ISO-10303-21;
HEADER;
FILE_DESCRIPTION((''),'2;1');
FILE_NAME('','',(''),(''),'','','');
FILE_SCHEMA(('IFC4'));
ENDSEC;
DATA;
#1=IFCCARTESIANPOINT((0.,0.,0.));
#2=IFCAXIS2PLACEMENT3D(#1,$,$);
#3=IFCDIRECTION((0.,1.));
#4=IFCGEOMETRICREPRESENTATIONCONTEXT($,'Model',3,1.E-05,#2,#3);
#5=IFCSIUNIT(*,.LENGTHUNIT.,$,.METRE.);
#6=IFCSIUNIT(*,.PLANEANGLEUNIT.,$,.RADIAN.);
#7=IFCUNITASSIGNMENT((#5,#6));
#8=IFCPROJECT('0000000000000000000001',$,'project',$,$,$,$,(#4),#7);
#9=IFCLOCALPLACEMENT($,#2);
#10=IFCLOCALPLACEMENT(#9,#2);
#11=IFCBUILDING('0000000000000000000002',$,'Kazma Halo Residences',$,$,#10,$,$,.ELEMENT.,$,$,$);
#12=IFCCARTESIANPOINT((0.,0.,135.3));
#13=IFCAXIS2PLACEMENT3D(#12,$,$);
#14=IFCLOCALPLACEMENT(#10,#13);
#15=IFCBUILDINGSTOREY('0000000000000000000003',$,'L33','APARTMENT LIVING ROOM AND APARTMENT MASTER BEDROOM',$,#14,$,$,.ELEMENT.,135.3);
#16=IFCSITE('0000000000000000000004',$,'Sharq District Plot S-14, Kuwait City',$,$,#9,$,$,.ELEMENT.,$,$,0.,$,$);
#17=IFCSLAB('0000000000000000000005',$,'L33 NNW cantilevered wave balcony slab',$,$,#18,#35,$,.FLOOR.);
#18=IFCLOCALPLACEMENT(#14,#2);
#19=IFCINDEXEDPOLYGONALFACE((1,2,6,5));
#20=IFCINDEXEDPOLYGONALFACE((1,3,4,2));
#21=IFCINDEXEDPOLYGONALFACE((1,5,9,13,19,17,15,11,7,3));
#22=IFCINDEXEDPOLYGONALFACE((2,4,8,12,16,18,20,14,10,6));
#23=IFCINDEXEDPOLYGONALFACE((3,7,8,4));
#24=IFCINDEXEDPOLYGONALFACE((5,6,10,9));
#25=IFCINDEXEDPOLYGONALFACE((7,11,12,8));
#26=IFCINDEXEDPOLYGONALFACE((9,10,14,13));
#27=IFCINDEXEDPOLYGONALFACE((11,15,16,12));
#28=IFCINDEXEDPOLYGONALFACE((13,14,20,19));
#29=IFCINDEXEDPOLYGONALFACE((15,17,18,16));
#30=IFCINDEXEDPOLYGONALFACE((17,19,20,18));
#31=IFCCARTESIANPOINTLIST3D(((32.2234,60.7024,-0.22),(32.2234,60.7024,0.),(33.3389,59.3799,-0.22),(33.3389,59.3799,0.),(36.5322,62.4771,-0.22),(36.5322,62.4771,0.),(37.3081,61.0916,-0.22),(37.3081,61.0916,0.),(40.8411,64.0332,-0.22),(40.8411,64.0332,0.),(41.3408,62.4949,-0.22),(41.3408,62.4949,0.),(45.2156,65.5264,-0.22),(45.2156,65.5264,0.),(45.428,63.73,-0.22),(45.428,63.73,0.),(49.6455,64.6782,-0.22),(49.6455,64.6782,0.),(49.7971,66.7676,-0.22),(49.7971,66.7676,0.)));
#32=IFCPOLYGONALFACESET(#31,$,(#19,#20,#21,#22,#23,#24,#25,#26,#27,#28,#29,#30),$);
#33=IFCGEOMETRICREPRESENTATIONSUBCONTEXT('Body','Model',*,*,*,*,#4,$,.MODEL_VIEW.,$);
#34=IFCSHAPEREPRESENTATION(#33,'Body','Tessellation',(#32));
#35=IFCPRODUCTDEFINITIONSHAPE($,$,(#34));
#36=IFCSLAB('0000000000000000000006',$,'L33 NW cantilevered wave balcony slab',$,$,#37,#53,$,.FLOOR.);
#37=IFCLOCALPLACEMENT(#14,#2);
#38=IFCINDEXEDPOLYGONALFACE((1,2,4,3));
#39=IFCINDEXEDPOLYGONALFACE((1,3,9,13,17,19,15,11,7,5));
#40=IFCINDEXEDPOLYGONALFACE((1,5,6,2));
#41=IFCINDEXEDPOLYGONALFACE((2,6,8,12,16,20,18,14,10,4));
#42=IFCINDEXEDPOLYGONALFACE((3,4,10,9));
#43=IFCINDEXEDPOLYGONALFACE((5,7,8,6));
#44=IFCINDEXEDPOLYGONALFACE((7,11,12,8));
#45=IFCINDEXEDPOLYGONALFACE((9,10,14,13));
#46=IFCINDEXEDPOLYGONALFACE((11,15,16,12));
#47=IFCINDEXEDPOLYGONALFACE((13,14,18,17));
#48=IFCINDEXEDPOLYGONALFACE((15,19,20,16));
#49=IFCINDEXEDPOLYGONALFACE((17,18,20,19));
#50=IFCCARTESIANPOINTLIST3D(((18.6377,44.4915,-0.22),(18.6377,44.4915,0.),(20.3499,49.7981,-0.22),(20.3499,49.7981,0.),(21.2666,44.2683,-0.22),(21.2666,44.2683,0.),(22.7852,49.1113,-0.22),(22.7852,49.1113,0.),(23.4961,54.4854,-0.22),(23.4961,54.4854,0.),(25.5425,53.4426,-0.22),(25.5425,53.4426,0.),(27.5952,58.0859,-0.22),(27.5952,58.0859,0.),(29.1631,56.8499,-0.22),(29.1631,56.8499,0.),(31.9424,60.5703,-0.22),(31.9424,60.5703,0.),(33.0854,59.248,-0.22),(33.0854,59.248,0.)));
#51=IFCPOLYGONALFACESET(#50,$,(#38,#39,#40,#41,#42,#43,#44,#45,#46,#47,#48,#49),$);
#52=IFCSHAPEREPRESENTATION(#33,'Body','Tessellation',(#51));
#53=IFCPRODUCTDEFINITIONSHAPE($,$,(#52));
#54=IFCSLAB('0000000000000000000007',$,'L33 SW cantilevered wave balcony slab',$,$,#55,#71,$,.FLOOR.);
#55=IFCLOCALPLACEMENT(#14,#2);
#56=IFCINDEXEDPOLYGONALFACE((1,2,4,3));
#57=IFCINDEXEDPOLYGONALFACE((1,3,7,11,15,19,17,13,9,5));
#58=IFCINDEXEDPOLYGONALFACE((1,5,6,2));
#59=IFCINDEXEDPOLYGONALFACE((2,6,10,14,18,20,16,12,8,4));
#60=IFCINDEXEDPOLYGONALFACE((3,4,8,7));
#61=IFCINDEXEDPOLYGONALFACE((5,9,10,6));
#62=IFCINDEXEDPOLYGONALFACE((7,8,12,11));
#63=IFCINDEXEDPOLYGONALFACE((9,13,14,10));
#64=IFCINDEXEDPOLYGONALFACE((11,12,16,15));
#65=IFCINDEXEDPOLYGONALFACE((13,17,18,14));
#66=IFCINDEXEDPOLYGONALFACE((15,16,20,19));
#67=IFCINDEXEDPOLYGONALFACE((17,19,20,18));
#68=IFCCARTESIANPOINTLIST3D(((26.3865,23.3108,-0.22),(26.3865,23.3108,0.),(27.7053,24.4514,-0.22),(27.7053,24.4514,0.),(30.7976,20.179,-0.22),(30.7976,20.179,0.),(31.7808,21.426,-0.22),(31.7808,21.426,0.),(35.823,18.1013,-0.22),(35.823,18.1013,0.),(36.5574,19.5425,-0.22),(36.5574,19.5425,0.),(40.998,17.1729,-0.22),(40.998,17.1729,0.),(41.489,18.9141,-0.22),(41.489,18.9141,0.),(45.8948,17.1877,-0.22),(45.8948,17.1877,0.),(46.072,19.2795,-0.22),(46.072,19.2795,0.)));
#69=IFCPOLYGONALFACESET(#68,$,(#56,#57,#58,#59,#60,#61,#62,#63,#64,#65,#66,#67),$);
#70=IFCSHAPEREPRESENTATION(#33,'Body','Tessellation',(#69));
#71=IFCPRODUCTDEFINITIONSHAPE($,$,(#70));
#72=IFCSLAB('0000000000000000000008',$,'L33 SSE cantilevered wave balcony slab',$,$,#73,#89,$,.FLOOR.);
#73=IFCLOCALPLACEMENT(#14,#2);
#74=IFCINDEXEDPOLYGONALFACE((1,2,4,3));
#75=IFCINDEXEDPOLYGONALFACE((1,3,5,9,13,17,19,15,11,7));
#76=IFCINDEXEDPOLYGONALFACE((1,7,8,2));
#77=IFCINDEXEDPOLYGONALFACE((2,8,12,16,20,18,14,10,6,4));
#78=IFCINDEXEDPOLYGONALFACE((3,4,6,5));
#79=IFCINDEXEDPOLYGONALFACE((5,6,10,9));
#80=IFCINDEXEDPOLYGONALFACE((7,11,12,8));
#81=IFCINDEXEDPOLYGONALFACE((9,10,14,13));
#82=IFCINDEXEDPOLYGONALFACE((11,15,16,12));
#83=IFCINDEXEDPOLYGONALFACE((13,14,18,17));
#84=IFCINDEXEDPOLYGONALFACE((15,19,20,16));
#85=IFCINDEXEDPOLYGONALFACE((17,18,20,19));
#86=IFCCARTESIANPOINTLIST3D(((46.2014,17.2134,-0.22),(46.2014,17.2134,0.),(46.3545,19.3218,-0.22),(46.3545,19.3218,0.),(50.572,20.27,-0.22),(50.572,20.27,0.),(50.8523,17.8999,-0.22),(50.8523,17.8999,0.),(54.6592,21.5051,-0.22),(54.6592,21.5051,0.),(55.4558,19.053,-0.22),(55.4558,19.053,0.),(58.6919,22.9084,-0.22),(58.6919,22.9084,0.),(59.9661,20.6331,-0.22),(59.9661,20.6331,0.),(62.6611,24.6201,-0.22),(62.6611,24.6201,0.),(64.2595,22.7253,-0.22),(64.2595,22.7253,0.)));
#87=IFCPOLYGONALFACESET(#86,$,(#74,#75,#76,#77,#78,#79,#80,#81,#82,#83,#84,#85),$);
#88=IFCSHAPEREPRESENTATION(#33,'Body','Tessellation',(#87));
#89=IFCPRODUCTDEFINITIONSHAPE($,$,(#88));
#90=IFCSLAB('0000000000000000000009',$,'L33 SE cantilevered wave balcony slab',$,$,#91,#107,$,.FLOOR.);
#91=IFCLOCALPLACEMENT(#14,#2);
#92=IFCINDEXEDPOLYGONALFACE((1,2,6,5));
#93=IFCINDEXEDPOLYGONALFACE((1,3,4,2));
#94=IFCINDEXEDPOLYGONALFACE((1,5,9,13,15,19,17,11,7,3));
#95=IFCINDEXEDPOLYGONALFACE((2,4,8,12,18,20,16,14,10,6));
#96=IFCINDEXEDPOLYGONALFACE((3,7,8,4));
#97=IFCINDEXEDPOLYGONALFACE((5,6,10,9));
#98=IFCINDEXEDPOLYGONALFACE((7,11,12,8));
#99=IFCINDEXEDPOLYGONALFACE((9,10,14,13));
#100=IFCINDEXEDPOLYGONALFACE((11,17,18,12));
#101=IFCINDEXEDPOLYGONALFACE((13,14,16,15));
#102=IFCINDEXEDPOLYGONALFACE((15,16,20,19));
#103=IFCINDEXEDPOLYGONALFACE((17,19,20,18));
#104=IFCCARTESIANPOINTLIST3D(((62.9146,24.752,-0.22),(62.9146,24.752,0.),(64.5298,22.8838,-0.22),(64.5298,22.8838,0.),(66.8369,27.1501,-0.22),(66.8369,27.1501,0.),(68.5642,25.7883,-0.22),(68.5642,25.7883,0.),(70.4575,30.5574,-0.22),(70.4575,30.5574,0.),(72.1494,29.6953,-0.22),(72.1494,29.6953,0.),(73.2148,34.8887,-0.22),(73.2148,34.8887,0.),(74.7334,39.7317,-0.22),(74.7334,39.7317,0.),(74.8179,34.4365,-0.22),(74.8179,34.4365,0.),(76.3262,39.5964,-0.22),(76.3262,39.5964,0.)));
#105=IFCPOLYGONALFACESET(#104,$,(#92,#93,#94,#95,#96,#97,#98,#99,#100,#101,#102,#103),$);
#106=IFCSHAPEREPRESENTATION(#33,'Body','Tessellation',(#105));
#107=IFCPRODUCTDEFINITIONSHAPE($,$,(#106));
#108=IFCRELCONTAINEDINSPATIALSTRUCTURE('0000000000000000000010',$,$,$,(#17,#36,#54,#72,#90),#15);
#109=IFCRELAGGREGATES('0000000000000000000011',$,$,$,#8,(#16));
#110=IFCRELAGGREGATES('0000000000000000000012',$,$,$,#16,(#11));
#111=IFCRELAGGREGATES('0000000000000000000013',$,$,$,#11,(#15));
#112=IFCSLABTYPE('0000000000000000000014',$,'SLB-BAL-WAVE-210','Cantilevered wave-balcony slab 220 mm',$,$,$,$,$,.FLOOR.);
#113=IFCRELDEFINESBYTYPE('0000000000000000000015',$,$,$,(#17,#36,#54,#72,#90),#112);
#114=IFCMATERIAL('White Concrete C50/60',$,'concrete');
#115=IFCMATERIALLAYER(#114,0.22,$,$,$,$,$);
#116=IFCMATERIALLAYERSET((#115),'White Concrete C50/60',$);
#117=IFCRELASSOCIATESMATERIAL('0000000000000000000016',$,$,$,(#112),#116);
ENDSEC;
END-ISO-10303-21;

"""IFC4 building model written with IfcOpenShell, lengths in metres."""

from ifc_helpers import new_model, si_unit, direction, frame, origin, place, context, subcontext, project, spatial, polyline, outline, extrude, material, layer, layer_set, type_object, element, save


model = new_model("IFC4")

# Units and contexts
model_context = context("Model", 3, precision=1e-05, world=origin(), true_north=direction((0.0, 1.0)))
body_context = subcontext(model_context, "Body", "Model", "MODEL_VIEW")
ifc_project = project(units=[si_unit("LENGTHUNIT", "METRE"), si_unit("PLANEANGLEUNIT", "RADIAN")], contexts=[model_context])

# Site, building, storey
site_placement = place(None, origin())
site = spatial("IfcSite", under=ifc_project, at=site_placement, Name="Sharq District Plot S-14, Kuwait City", CompositionType="ELEMENT", RefElevation=0.0)
building_placement = place(site_placement, origin())
building = spatial("IfcBuilding", under=site, at=building_placement, Name="Kazma Halo Residences", CompositionType="ELEMENT")
storey_placement = place(building_placement, frame((0.0, 0.0, 135.3)))
storey = spatial("IfcBuildingStorey", under=building, at=storey_placement, Name="L33", Description="APARTMENT LIVING ROOM AND APARTMENT MASTER BEDROOM", CompositionType="ELEMENT", Elevation=135.3)

# Slabs
ifc_material_1 = material(Name="White Concrete C50/60", Category="concrete")
ifc_layer_1 = layer(ifc_material_1, 0.22)
ifc_layer_set_1 = layer_set([ifc_layer_1], Name="White Concrete C50/60")
slab_type_1 = type_object("IfcSlabType", Name="SLB-BAL-WAVE-210", Description="Cantilevered wave-balcony slab 220 mm", PredefinedType="FLOOR", material=ifc_layer_set_1)
slab_1_placement = place(storey_placement, frame((0.0, 0.0, -0.22)))
element("IfcSlab", 1, at=slab_1_placement, inside=storey, type_object=slab_type_1, Name="L33 NNW cantilevered wave balcony slab", PredefinedType="FLOOR", context=body_context, shape_type="SweptSolid", body=[
    extrude(outline(polyline([(49.6455, 64.6782), (45.428, 63.73), (41.3408, 62.4949), (37.3081, 61.0916), (33.3389, 59.3799), (32.2234, 60.7024), (36.5322, 62.4771), (40.8411, 64.0332), (45.2156, 65.5264), (49.7971, 66.7676), (49.6455, 64.6782)])), origin(), (0.0, 0.0, 1.0), 0.22),
])
slab_2_placement = place(storey_placement, frame((0.0, 0.0, -0.22)))
element("IfcSlab", 2, at=slab_2_placement, inside=storey, type_object=slab_type_1, Name="L33 NW cantilevered wave balcony slab", PredefinedType="FLOOR", context=body_context, shape_type="SweptSolid", body=[
    extrude(outline(polyline([(33.0854, 59.248), (29.1631, 56.8499), (25.5425, 53.4426), (22.7852, 49.1113), (21.2666, 44.2683), (18.6377, 44.4915), (20.3499, 49.7981), (23.4961, 54.4854), (27.5952, 58.0859), (31.9424, 60.5703), (33.0854, 59.248)])), origin(), (0.0, 0.0, 1.0), 0.22),
])
slab_3_placement = place(storey_placement, frame((0.0, 0.0, -0.22)))
element("IfcSlab", 3, at=slab_3_placement, inside=storey, type_object=slab_type_1, Name="L33 SW cantilevered wave balcony slab", PredefinedType="FLOOR", context=body_context, shape_type="SweptSolid", body=[
    extrude(outline(polyline([(27.7053, 24.4514), (31.7808, 21.426), (36.5574, 19.5425), (41.489, 18.9141), (46.072, 19.2795), (45.8948, 17.1877), (40.998, 17.1729), (35.823, 18.1013), (30.7976, 20.179), (26.3865, 23.3108), (27.7053, 24.4514)])), origin(), (0.0, 0.0, 1.0), 0.22),
])
slab_4_placement = place(storey_placement, frame((0.0, 0.0, -0.22)))
element("IfcSlab", 4, at=slab_4_placement, inside=storey, type_object=slab_type_1, Name="L33 SSE cantilevered wave balcony slab", PredefinedType="FLOOR", context=body_context, shape_type="SweptSolid", body=[
    extrude(outline(polyline([(46.3545, 19.3218), (50.572, 20.27), (54.6592, 21.5051), (58.6919, 22.9084), (62.6611, 24.6201), (64.2595, 22.7253), (59.9661, 20.6331), (55.4558, 19.053), (50.8523, 17.8999), (46.2014, 17.2134), (46.3545, 19.3218)])), origin(), (0.0, 0.0, 1.0), 0.22),
])
slab_5_placement = place(storey_placement, frame((0.0, 0.0, -0.22)))
element("IfcSlab", 5, at=slab_5_placement, inside=storey, type_object=slab_type_1, Name="L33 SE cantilevered wave balcony slab", PredefinedType="FLOOR", context=body_context, shape_type="SweptSolid", body=[
    extrude(outline(polyline([(62.9146, 24.752), (66.8369, 27.1501), (70.4575, 30.5574), (73.2148, 34.8887), (74.7334, 39.7317), (76.3262, 39.5964), (74.8179, 34.4365), (72.1494, 29.6953), (68.5642, 25.7883), (64.5298, 22.8838), (62.9146, 24.752)])), origin(), (0.0, 0.0, 1.0), 0.22),
])

save(model, "model.ifc")
